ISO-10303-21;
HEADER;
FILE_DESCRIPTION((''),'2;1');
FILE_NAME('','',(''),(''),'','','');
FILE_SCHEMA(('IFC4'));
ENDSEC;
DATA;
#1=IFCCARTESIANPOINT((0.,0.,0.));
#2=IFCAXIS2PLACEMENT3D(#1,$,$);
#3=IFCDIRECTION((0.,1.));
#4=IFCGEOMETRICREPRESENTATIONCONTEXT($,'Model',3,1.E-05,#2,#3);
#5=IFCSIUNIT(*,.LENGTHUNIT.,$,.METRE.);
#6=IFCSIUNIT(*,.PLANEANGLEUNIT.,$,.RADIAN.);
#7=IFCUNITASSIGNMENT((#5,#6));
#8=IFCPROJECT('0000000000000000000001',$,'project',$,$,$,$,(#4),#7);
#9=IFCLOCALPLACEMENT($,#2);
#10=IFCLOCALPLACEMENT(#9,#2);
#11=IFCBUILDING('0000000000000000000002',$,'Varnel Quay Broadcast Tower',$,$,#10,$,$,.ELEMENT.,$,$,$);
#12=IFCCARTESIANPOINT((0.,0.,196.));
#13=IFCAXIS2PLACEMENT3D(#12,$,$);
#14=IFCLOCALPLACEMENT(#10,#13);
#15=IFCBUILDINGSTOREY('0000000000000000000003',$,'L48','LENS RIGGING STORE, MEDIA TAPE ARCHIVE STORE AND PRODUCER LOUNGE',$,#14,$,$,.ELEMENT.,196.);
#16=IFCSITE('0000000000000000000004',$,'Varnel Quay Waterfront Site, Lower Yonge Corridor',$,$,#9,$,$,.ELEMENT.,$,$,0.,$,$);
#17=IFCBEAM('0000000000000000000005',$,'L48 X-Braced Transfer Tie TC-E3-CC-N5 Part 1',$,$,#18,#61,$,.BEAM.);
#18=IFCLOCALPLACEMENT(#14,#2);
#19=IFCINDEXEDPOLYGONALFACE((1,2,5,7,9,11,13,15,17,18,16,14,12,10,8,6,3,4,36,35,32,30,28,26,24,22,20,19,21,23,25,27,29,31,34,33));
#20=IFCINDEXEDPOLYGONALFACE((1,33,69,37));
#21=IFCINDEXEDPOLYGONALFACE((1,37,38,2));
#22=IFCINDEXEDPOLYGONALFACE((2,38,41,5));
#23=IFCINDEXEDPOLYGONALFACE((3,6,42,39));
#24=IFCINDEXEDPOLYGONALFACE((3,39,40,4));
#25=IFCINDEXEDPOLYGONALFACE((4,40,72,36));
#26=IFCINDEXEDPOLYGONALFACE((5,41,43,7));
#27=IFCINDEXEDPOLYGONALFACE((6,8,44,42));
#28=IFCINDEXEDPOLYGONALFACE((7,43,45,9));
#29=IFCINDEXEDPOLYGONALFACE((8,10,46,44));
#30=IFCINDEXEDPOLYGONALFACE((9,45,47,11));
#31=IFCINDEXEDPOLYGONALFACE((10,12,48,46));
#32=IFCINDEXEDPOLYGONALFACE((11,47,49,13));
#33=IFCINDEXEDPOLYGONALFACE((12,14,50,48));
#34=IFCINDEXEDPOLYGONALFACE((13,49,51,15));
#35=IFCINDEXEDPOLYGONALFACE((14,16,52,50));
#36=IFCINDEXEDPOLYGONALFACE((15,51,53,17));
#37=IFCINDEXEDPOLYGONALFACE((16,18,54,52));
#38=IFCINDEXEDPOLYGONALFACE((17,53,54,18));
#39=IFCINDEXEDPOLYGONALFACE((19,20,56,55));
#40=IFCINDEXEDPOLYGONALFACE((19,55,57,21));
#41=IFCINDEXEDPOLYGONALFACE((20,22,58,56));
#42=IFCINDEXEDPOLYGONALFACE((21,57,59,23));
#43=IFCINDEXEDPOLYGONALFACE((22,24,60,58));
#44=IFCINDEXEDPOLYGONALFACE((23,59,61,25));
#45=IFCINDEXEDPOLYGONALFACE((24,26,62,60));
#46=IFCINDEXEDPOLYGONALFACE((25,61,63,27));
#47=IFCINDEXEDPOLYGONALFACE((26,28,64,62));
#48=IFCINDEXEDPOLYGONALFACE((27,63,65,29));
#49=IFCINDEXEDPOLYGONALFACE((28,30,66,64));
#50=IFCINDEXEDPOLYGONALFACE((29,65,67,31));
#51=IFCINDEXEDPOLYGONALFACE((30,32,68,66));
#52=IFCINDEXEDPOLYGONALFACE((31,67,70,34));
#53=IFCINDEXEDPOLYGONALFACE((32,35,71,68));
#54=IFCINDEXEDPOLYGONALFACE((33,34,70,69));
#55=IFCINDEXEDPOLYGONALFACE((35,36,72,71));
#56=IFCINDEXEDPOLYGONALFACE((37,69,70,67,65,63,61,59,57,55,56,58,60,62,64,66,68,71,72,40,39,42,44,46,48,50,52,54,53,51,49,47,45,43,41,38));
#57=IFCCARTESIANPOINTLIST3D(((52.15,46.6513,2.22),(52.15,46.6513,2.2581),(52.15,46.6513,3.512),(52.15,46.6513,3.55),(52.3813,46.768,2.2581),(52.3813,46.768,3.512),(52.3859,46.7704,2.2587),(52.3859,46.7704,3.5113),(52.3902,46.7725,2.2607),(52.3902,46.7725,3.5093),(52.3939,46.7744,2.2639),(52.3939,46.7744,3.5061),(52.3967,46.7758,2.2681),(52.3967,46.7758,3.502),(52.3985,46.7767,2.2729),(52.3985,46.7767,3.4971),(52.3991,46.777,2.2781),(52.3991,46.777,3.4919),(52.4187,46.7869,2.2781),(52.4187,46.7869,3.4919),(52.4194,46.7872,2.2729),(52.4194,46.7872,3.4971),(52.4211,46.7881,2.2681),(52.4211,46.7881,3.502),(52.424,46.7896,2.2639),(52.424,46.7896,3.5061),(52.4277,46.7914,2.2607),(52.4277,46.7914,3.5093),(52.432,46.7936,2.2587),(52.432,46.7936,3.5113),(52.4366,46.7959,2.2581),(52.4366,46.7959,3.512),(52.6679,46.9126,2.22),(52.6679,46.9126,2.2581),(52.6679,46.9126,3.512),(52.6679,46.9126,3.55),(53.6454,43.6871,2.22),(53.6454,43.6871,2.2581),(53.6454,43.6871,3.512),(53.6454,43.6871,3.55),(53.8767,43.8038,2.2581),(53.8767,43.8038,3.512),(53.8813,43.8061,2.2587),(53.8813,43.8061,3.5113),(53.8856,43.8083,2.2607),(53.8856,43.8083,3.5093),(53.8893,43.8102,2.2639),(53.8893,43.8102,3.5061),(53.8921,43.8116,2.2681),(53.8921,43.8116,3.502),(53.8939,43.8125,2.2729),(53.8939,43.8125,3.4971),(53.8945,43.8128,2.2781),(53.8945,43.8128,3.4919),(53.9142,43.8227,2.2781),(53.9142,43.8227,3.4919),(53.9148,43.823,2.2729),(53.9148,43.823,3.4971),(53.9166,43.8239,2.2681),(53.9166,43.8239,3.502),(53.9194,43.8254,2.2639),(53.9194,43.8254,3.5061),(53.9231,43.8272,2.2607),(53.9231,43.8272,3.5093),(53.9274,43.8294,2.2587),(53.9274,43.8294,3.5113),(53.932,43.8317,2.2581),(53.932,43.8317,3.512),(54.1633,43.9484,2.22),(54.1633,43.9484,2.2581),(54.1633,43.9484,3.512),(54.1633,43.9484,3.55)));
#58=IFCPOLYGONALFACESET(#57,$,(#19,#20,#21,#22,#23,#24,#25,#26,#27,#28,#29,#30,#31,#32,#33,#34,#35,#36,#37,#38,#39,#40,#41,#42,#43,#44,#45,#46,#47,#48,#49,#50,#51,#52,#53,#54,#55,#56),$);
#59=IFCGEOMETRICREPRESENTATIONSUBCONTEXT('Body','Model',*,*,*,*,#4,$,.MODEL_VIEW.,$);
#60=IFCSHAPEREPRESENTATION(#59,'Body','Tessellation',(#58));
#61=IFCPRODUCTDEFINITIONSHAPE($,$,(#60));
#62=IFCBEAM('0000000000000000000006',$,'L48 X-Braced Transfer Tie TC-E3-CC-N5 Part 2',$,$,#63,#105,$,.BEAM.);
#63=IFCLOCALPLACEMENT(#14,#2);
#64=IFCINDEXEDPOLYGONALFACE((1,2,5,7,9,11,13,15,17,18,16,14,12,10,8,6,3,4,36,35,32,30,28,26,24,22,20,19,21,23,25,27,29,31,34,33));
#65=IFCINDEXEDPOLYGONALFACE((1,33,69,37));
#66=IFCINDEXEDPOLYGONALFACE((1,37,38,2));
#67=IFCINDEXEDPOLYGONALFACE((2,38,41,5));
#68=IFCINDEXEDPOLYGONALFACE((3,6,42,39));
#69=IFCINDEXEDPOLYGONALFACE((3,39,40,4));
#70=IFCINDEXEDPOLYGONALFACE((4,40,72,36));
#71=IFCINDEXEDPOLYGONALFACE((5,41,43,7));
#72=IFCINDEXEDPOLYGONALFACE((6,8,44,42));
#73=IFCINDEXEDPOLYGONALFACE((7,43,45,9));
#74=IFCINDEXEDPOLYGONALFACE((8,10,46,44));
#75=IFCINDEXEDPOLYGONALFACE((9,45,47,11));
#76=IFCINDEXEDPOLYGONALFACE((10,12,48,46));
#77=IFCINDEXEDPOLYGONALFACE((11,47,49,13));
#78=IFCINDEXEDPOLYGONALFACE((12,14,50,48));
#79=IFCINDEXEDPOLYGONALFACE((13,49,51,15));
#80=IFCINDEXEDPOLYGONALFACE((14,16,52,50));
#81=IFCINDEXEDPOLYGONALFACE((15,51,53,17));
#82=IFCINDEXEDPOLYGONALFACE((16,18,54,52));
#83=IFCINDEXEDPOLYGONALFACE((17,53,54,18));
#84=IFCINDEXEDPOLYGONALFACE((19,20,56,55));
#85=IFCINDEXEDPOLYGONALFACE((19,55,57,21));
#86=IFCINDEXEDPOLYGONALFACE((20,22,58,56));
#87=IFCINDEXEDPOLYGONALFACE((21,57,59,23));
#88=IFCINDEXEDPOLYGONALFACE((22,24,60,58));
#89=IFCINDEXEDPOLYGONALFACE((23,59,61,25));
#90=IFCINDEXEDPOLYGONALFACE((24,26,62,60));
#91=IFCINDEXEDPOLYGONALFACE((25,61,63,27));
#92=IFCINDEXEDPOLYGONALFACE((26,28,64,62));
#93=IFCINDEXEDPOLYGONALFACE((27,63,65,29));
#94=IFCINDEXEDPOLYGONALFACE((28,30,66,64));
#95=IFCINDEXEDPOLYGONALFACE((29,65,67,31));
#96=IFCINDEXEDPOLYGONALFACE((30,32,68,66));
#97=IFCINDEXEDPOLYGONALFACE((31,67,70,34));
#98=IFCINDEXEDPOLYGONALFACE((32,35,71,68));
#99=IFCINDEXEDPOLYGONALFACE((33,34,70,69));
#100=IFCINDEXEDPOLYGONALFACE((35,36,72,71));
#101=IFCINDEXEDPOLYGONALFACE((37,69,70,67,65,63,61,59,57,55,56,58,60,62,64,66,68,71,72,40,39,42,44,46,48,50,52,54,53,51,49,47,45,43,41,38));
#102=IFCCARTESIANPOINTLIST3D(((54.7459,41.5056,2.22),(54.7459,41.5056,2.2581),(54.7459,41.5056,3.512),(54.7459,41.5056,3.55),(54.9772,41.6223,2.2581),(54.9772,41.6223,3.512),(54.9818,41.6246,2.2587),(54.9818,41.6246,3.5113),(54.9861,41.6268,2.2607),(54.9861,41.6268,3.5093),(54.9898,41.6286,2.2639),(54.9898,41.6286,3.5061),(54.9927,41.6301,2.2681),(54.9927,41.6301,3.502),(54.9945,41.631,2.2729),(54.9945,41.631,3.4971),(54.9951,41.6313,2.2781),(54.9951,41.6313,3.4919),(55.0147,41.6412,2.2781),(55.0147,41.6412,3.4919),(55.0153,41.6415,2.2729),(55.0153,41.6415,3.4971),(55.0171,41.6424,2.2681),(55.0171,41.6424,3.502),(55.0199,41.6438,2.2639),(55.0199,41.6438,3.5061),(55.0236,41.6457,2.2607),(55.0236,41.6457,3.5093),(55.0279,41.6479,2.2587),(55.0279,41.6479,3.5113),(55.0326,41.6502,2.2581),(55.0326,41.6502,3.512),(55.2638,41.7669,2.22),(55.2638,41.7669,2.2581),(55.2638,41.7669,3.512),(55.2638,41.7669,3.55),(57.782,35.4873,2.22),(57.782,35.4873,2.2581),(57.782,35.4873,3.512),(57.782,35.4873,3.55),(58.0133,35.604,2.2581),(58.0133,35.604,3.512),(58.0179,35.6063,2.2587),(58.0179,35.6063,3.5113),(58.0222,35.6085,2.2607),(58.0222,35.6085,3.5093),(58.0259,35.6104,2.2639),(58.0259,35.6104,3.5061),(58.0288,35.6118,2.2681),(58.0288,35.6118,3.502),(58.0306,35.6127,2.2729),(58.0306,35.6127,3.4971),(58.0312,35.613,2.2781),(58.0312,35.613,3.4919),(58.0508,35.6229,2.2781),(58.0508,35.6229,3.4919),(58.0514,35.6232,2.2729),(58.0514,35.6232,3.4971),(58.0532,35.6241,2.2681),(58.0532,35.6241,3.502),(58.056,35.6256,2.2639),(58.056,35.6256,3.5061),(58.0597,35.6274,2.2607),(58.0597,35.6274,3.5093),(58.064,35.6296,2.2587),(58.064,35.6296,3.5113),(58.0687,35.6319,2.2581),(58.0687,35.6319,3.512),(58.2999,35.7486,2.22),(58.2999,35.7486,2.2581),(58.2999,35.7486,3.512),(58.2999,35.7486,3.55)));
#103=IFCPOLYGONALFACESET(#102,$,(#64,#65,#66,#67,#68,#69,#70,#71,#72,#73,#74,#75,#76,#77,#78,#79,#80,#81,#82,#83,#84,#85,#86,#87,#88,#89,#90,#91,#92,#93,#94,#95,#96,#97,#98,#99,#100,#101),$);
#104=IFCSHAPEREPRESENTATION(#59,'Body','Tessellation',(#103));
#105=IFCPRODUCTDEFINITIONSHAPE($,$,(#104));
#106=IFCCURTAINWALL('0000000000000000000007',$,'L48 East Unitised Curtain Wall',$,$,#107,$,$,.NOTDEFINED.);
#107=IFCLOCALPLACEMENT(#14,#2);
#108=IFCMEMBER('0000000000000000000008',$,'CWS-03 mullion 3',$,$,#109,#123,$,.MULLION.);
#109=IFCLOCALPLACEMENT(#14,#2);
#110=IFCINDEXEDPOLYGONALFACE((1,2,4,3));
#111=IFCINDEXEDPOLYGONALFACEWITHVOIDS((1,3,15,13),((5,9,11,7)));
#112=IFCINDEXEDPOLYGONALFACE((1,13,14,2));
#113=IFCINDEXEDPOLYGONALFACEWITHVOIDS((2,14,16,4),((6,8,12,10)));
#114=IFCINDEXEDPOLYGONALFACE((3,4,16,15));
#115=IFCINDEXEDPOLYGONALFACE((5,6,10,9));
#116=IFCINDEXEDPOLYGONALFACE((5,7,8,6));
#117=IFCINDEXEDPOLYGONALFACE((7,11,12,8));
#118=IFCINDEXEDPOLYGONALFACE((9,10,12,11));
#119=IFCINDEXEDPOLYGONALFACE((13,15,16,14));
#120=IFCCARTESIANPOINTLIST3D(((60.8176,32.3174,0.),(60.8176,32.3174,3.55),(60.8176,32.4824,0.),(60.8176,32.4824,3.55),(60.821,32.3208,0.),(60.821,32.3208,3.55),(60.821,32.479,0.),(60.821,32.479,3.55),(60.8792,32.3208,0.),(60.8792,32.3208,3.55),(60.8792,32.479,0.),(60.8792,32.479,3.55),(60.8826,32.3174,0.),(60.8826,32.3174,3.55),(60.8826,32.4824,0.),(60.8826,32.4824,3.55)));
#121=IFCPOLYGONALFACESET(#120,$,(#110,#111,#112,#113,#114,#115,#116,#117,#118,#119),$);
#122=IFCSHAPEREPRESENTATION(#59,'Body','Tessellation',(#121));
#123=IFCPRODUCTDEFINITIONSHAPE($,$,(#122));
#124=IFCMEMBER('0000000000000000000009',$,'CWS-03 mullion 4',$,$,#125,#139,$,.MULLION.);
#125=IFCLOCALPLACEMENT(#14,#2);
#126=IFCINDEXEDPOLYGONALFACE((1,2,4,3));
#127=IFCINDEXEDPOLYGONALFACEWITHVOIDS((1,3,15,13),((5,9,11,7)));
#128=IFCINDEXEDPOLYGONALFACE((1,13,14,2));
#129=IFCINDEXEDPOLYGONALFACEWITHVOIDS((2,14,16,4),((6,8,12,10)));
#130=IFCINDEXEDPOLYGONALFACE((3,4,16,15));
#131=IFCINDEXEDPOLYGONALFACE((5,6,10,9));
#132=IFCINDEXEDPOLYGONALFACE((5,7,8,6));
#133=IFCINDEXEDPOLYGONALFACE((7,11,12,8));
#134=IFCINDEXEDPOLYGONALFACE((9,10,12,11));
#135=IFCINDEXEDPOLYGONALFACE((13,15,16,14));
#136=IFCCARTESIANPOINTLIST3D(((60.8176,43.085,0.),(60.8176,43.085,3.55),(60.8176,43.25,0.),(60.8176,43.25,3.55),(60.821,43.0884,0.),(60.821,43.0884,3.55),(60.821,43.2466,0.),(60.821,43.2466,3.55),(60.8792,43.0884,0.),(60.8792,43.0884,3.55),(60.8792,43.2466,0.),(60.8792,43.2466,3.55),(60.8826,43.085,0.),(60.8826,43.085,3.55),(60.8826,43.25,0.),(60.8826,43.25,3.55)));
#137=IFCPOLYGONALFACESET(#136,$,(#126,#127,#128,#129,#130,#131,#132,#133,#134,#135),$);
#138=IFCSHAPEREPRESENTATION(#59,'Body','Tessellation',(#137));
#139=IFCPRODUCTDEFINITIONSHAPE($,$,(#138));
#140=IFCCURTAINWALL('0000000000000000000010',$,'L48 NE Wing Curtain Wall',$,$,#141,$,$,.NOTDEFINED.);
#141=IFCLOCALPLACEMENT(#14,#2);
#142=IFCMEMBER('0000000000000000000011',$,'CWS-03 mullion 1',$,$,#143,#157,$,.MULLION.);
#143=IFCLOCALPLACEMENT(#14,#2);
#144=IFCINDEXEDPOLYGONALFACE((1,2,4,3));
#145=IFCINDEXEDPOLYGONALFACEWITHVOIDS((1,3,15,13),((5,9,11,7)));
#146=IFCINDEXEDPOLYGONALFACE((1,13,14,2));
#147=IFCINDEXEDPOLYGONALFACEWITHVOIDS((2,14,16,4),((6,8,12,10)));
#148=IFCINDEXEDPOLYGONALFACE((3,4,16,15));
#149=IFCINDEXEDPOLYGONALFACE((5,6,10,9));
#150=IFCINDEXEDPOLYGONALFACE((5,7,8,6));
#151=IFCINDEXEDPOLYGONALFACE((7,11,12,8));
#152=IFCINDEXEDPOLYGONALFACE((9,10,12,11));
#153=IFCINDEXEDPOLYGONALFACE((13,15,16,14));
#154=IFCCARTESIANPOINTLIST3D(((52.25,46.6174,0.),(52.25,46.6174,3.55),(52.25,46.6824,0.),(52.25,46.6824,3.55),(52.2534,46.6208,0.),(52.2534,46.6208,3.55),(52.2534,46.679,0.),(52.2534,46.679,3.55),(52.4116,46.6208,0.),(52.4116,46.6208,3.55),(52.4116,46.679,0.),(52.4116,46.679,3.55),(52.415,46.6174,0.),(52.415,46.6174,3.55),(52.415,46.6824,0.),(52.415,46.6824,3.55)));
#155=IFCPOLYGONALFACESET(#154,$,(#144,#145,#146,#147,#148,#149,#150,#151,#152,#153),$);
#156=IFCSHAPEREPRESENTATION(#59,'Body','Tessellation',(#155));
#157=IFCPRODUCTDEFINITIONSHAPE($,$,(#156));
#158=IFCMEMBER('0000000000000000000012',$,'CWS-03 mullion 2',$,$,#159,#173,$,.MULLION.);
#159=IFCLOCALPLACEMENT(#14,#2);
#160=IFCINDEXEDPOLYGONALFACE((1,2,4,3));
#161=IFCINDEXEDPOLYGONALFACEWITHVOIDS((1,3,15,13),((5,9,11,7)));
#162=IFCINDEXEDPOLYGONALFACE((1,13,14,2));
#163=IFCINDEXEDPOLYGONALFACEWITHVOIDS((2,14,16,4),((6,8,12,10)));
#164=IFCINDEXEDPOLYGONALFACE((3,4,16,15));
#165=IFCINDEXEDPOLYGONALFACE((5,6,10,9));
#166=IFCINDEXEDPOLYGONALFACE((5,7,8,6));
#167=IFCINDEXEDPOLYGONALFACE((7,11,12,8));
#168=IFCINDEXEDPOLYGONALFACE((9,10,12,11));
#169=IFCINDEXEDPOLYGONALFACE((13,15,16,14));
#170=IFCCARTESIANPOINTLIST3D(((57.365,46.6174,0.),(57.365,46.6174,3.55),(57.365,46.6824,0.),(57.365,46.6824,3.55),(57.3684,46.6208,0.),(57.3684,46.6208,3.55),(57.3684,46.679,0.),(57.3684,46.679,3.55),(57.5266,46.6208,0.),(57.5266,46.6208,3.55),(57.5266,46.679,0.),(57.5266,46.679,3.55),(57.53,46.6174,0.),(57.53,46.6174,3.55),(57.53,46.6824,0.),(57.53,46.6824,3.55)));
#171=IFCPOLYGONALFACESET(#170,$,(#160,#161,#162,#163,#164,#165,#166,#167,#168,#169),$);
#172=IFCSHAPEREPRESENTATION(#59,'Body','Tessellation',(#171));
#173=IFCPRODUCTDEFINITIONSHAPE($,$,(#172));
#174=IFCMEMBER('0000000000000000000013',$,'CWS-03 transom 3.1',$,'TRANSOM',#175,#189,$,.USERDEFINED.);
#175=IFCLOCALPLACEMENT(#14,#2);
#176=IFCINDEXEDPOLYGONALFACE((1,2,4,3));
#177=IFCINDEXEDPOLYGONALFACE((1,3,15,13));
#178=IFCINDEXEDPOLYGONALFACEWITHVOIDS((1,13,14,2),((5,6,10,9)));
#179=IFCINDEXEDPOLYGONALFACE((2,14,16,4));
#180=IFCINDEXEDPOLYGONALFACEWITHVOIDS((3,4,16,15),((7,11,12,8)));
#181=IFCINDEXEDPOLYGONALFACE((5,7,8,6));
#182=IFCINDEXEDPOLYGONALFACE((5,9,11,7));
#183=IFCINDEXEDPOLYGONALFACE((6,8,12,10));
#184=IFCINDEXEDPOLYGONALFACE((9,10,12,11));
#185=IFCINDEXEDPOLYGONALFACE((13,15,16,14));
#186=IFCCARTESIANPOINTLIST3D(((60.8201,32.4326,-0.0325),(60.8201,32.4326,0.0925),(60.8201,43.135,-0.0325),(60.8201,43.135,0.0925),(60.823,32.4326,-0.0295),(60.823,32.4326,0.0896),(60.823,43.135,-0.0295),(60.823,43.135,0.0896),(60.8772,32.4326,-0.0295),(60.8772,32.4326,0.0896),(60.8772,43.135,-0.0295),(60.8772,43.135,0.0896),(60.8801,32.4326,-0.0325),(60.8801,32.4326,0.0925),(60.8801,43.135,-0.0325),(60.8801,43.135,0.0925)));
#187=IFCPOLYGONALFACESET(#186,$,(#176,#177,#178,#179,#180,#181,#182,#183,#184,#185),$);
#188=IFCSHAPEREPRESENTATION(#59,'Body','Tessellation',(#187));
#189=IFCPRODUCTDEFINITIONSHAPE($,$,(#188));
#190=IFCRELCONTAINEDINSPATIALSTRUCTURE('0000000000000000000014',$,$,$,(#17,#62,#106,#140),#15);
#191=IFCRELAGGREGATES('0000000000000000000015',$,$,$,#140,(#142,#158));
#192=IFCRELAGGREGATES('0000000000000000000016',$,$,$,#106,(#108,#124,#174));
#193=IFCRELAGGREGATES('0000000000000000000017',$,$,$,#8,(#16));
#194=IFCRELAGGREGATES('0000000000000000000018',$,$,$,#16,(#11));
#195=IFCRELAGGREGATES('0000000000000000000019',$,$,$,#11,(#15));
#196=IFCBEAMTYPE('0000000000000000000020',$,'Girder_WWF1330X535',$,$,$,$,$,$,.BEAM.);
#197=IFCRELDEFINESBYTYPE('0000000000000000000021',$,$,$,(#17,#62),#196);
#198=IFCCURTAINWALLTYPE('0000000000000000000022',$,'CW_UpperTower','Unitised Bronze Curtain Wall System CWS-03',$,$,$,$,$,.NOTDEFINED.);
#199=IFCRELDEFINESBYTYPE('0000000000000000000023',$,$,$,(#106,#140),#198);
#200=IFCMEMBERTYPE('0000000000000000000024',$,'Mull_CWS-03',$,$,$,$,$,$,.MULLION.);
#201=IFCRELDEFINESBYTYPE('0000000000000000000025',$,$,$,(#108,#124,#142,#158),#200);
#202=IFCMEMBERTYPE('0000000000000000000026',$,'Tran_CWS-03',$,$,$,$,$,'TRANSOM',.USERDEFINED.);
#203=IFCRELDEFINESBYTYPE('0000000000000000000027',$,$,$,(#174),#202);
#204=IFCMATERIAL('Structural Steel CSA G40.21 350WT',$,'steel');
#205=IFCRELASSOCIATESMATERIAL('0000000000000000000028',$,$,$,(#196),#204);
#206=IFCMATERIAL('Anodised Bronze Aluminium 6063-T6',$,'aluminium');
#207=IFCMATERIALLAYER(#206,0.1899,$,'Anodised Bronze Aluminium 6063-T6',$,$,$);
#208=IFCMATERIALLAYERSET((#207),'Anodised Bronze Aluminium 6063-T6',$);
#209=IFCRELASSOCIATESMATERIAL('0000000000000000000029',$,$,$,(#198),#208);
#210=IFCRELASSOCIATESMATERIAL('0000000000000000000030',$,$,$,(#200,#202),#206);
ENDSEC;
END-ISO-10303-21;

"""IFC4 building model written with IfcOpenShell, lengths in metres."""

from ifc_helpers import new_model, si_unit, direction, frame, origin, origin_2d, place, context, subcontext, project, spatial, hollow_rectangle, i_section, extrude, source, transform, mapped, material, layer, layer_set, material_profile, profile_set, type_object, type_shapes, element, aggregate, save


model = new_model("IFC4")

# Units and contexts
model_context = context("Model", 3, precision=1e-05, world=origin(), true_north=direction((0.0, 1.0)))
body_context = subcontext(model_context, "Body", "Model", "MODEL_VIEW")
ifc_project = project(units=[si_unit("LENGTHUNIT", "METRE"), si_unit("PLANEANGLEUNIT", "RADIAN")], contexts=[model_context])

# Site, building, storey
site_placement = place(None, origin())
site = spatial("IfcSite", under=ifc_project, at=site_placement, Name="Varnel Quay Waterfront Site, Lower Yonge Corridor", CompositionType="ELEMENT", RefElevation=0.0)
building_placement = place(site_placement, origin())
building = spatial("IfcBuilding", under=site, at=building_placement, Name="Varnel Quay Broadcast Tower", CompositionType="ELEMENT")
storey_placement = place(building_placement, frame((0.0, 0.0, 196.0)))
storey = spatial("IfcBuildingStorey", under=building, at=storey_placement, Name="L48", Description="LENS RIGGING STORE, MEDIA TAPE ARCHIVE STORE AND PRODUCER LOUNGE", CompositionType="ELEMENT", Elevation=196.0)

# Shared definitions
ifc_material_1 = material(Name="Structural Steel CSA G40.21 350WT", Category="steel")

# Beams
ifc_material_profile_1 = material_profile(ifc_material_1, i_section(OverallWidth=0.5801, OverallDepth=1.3301, WebThickness=0.022, FlangeThickness=0.0381, FilletRadius=0.02, at=origin_2d()), Name="WWF1330X535")
ifc_profile_set_1 = profile_set([ifc_material_profile_1], Name="Structural Steel CSA G40.21 350WT")
beam_type = type_object("IfcBeamType", Name="Girder_WWF1330X535", PredefinedType="BEAM", material=ifc_profile_set_1)
shared_shape_1 = source(origin(), body_context, "Body", "SweptSolid", [
    extrude(i_section(OverallWidth=0.5801, OverallDepth=1.3301, WebThickness=0.022, FlangeThickness=0.0381, FilletRadius=0.02, at=origin_2d()), origin(), (0.0, 0.0, 1.0), 3.3201),
])
beam_1_placement = place(storey_placement, frame((52.4089, 46.782, 2.885), z_axis=(0.450417, -0.892818, 0.0), x_axis=(0.892818, 0.450417, 0.0)))
element("IfcBeam", 1, at=beam_1_placement, inside=storey, type_object=beam_type, Name="L48 X-Braced Transfer Tie TC-E3-CC-N5 Part 1", PredefinedType="BEAM", context=body_context, shape_type="MappedRepresentation", body=[
    mapped(shared_shape_1, transform((0.0, 0.0, 0.0), x_axis=(1.0, 0.0, 0.0), y_axis=(0.0, 1.0, 0.0), z_axis=(0.0, 0.0, 1.0), scale=1.0)),
])
shared_shape_2 = source(origin(), body_context, "Body", "SweptSolid", [
    extrude(i_section(OverallWidth=0.5801, OverallDepth=1.3301, WebThickness=0.022, FlangeThickness=0.0381, FilletRadius=0.02, at=origin_2d()), origin(), (0.0, 0.0, 1.0), 6.7407),
])
beam_2_placement = place(storey_placement, frame((55.0049, 41.6362, 2.885), z_axis=(0.450412, -0.892821, 0.0), x_axis=(0.892821, 0.450412, 0.0)))
element("IfcBeam", 2, at=beam_2_placement, inside=storey, type_object=beam_type, Name="L48 X-Braced Transfer Tie TC-E3-CC-N5 Part 2", PredefinedType="BEAM", context=body_context, shape_type="MappedRepresentation", body=[
    mapped(shared_shape_2, transform((0.0, 0.0, 0.0), x_axis=(1.0, 0.0, 0.0), y_axis=(0.0, 1.0, 0.0), z_axis=(0.0, 0.0, 1.0), scale=1.0)),
])

# Curtain walls, members
ifc_material_2 = material(Name="Anodised Bronze Aluminium 6063-T6", Category="aluminium")
ifc_layer_1 = layer(ifc_material_2, 0.1899, Name="Anodised Bronze Aluminium 6063-T6")
ifc_layer_set_1 = layer_set([ifc_layer_1], Name="Anodised Bronze Aluminium 6063-T6")
curtain_wall_type = type_object("IfcCurtainWallType", Name="CW_UpperTower", Description="Unitised Bronze Curtain Wall System CWS-03", PredefinedType="NOTDEFINED", material=ifc_layer_set_1)
curtain_wall_1_placement = place(storey_placement, origin())
curtain_wall_1 = element("IfcCurtainWall", 3, at=curtain_wall_1_placement, inside=storey, type_object=curtain_wall_type, Name="L48 East Unitised Curtain Wall", PredefinedType="NOTDEFINED")
ifc_material_profile_2 = material_profile(ifc_material_2, hollow_rectangle(XDim=0.0649, YDim=0.165, WallThickness=0.0034, at=origin_2d()), Name="ALU65X165X3.5")
ifc_profile_set_2 = profile_set([ifc_material_profile_2], Name="Anodised Bronze Aluminium 6063-T6")
member_type_1 = type_object("IfcMemberType", Name="Mull_CWS-03", PredefinedType="MULLION", material=ifc_profile_set_2)
shared_shape_3 = source(origin(), body_context, "Body", "SweptSolid", [
    extrude(hollow_rectangle(XDim=0.0649, YDim=0.165, WallThickness=0.0034, at=origin_2d()), origin(), (0.0, 0.0, 1.0), 3.55),
])
type_shapes(member_type_1, [shared_shape_3])
member_1_placement = place(storey_placement, frame((60.8501, 32.3999, 0.0), z_axis=(0.0, 0.0, 1.0), x_axis=(-1.0, 0.0, 0.0)))
member_1 = element("IfcMember", 4, at=member_1_placement, type_object=member_type_1, Name="CWS-03 mullion 3", PredefinedType="MULLION", context=body_context, shape_type="MappedRepresentation", body=[
    mapped(shared_shape_3, transform((0.0, 0.0, 0.0), x_axis=(1.0, 0.0, 0.0), y_axis=(0.0, 1.0, 0.0), z_axis=(0.0, 0.0, 1.0), scale=1.0)),
])
member_2_placement = place(storey_placement, frame((60.8501, 43.1675, 0.0), z_axis=(0.0, 0.0, 1.0), x_axis=(-1.0, 0.0, 0.0)))
member_2 = element("IfcMember", 5, at=member_2_placement, type_object=member_type_1, Name="CWS-03 mullion 4", PredefinedType="MULLION", context=body_context, shape_type="MappedRepresentation", body=[
    mapped(shared_shape_3, transform((0.0, 0.0, 0.0), x_axis=(1.0, 0.0, 0.0), y_axis=(0.0, 1.0, 0.0), z_axis=(0.0, 0.0, 1.0), scale=1.0)),
])
curtain_wall_2_placement = place(storey_placement, origin())
curtain_wall_2 = element("IfcCurtainWall", 6, at=curtain_wall_2_placement, inside=storey, type_object=curtain_wall_type, Name="L48 NE Wing Curtain Wall", PredefinedType="NOTDEFINED")
member_3_placement = place(storey_placement, frame((52.3325, 46.6499, 0.0), z_axis=(0.0, 0.0, 1.0), x_axis=(0.0, 1.0, 0.0)))
member_3 = element("IfcMember", 7, at=member_3_placement, type_object=member_type_1, Name="CWS-03 mullion 1", PredefinedType="MULLION", context=body_context, shape_type="MappedRepresentation", body=[
    mapped(shared_shape_3, transform((0.0, 0.0, 0.0), x_axis=(1.0, 0.0, 0.0), y_axis=(0.0, 1.0, 0.0), z_axis=(0.0, 0.0, 1.0), scale=1.0)),
])
member_4_placement = place(storey_placement, frame((57.4475, 46.6499, 0.0), z_axis=(0.0, 0.0, 1.0), x_axis=(0.0, 1.0, 0.0)))
member_4 = element("IfcMember", 8, at=member_4_placement, type_object=member_type_1, Name="CWS-03 mullion 2", PredefinedType="MULLION", context=body_context, shape_type="MappedRepresentation", body=[
    mapped(shared_shape_3, transform((0.0, 0.0, 0.0), x_axis=(1.0, 0.0, 0.0), y_axis=(0.0, 1.0, 0.0), z_axis=(0.0, 0.0, 1.0), scale=1.0)),
])

# Member
ifc_material_profile_3 = material_profile(ifc_material_2, hollow_rectangle(XDim=0.0601, YDim=0.125, WallThickness=0.0029, at=origin_2d()), Name="ALU60X125X3")
ifc_profile_set_3 = profile_set([ifc_material_profile_3], Name="Anodised Bronze Aluminium 6063-T6")
member_type_2 = type_object("IfcMemberType", Name="Tran_CWS-03", ElementType="TRANSOM", PredefinedType="USERDEFINED", material=ifc_profile_set_3)
shared_shape_4 = source(origin(), body_context, "Body", "SweptSolid", [
    extrude(hollow_rectangle(XDim=0.0601, YDim=0.125, WallThickness=0.0029, at=origin_2d()), origin(), (0.0, 0.0, 1.0), 10.7024),
])
member_5_placement = place(storey_placement, frame((60.8501, 32.4326, 0.03), z_axis=(0.0, 1.0, 0.0), x_axis=(-1.0, 0.0, 0.0)))
member_5 = element("IfcMember", 9, at=member_5_placement, type_object=member_type_2, Name="CWS-03 transom 3.1", ObjectType="TRANSOM", PredefinedType="USERDEFINED", context=body_context, shape_type="MappedRepresentation", body=[
    mapped(shared_shape_4, transform((0.0, 0.0, 0.0), x_axis=(1.0, 0.0, 0.0), y_axis=(0.0, 1.0, 0.0), z_axis=(0.0, 0.0, 1.0), scale=1.0)),
])

aggregate(curtain_wall_2, [member_3, member_4])
aggregate(curtain_wall_1, [member_1, member_2, member_5])

save(model, "model.ifc")
